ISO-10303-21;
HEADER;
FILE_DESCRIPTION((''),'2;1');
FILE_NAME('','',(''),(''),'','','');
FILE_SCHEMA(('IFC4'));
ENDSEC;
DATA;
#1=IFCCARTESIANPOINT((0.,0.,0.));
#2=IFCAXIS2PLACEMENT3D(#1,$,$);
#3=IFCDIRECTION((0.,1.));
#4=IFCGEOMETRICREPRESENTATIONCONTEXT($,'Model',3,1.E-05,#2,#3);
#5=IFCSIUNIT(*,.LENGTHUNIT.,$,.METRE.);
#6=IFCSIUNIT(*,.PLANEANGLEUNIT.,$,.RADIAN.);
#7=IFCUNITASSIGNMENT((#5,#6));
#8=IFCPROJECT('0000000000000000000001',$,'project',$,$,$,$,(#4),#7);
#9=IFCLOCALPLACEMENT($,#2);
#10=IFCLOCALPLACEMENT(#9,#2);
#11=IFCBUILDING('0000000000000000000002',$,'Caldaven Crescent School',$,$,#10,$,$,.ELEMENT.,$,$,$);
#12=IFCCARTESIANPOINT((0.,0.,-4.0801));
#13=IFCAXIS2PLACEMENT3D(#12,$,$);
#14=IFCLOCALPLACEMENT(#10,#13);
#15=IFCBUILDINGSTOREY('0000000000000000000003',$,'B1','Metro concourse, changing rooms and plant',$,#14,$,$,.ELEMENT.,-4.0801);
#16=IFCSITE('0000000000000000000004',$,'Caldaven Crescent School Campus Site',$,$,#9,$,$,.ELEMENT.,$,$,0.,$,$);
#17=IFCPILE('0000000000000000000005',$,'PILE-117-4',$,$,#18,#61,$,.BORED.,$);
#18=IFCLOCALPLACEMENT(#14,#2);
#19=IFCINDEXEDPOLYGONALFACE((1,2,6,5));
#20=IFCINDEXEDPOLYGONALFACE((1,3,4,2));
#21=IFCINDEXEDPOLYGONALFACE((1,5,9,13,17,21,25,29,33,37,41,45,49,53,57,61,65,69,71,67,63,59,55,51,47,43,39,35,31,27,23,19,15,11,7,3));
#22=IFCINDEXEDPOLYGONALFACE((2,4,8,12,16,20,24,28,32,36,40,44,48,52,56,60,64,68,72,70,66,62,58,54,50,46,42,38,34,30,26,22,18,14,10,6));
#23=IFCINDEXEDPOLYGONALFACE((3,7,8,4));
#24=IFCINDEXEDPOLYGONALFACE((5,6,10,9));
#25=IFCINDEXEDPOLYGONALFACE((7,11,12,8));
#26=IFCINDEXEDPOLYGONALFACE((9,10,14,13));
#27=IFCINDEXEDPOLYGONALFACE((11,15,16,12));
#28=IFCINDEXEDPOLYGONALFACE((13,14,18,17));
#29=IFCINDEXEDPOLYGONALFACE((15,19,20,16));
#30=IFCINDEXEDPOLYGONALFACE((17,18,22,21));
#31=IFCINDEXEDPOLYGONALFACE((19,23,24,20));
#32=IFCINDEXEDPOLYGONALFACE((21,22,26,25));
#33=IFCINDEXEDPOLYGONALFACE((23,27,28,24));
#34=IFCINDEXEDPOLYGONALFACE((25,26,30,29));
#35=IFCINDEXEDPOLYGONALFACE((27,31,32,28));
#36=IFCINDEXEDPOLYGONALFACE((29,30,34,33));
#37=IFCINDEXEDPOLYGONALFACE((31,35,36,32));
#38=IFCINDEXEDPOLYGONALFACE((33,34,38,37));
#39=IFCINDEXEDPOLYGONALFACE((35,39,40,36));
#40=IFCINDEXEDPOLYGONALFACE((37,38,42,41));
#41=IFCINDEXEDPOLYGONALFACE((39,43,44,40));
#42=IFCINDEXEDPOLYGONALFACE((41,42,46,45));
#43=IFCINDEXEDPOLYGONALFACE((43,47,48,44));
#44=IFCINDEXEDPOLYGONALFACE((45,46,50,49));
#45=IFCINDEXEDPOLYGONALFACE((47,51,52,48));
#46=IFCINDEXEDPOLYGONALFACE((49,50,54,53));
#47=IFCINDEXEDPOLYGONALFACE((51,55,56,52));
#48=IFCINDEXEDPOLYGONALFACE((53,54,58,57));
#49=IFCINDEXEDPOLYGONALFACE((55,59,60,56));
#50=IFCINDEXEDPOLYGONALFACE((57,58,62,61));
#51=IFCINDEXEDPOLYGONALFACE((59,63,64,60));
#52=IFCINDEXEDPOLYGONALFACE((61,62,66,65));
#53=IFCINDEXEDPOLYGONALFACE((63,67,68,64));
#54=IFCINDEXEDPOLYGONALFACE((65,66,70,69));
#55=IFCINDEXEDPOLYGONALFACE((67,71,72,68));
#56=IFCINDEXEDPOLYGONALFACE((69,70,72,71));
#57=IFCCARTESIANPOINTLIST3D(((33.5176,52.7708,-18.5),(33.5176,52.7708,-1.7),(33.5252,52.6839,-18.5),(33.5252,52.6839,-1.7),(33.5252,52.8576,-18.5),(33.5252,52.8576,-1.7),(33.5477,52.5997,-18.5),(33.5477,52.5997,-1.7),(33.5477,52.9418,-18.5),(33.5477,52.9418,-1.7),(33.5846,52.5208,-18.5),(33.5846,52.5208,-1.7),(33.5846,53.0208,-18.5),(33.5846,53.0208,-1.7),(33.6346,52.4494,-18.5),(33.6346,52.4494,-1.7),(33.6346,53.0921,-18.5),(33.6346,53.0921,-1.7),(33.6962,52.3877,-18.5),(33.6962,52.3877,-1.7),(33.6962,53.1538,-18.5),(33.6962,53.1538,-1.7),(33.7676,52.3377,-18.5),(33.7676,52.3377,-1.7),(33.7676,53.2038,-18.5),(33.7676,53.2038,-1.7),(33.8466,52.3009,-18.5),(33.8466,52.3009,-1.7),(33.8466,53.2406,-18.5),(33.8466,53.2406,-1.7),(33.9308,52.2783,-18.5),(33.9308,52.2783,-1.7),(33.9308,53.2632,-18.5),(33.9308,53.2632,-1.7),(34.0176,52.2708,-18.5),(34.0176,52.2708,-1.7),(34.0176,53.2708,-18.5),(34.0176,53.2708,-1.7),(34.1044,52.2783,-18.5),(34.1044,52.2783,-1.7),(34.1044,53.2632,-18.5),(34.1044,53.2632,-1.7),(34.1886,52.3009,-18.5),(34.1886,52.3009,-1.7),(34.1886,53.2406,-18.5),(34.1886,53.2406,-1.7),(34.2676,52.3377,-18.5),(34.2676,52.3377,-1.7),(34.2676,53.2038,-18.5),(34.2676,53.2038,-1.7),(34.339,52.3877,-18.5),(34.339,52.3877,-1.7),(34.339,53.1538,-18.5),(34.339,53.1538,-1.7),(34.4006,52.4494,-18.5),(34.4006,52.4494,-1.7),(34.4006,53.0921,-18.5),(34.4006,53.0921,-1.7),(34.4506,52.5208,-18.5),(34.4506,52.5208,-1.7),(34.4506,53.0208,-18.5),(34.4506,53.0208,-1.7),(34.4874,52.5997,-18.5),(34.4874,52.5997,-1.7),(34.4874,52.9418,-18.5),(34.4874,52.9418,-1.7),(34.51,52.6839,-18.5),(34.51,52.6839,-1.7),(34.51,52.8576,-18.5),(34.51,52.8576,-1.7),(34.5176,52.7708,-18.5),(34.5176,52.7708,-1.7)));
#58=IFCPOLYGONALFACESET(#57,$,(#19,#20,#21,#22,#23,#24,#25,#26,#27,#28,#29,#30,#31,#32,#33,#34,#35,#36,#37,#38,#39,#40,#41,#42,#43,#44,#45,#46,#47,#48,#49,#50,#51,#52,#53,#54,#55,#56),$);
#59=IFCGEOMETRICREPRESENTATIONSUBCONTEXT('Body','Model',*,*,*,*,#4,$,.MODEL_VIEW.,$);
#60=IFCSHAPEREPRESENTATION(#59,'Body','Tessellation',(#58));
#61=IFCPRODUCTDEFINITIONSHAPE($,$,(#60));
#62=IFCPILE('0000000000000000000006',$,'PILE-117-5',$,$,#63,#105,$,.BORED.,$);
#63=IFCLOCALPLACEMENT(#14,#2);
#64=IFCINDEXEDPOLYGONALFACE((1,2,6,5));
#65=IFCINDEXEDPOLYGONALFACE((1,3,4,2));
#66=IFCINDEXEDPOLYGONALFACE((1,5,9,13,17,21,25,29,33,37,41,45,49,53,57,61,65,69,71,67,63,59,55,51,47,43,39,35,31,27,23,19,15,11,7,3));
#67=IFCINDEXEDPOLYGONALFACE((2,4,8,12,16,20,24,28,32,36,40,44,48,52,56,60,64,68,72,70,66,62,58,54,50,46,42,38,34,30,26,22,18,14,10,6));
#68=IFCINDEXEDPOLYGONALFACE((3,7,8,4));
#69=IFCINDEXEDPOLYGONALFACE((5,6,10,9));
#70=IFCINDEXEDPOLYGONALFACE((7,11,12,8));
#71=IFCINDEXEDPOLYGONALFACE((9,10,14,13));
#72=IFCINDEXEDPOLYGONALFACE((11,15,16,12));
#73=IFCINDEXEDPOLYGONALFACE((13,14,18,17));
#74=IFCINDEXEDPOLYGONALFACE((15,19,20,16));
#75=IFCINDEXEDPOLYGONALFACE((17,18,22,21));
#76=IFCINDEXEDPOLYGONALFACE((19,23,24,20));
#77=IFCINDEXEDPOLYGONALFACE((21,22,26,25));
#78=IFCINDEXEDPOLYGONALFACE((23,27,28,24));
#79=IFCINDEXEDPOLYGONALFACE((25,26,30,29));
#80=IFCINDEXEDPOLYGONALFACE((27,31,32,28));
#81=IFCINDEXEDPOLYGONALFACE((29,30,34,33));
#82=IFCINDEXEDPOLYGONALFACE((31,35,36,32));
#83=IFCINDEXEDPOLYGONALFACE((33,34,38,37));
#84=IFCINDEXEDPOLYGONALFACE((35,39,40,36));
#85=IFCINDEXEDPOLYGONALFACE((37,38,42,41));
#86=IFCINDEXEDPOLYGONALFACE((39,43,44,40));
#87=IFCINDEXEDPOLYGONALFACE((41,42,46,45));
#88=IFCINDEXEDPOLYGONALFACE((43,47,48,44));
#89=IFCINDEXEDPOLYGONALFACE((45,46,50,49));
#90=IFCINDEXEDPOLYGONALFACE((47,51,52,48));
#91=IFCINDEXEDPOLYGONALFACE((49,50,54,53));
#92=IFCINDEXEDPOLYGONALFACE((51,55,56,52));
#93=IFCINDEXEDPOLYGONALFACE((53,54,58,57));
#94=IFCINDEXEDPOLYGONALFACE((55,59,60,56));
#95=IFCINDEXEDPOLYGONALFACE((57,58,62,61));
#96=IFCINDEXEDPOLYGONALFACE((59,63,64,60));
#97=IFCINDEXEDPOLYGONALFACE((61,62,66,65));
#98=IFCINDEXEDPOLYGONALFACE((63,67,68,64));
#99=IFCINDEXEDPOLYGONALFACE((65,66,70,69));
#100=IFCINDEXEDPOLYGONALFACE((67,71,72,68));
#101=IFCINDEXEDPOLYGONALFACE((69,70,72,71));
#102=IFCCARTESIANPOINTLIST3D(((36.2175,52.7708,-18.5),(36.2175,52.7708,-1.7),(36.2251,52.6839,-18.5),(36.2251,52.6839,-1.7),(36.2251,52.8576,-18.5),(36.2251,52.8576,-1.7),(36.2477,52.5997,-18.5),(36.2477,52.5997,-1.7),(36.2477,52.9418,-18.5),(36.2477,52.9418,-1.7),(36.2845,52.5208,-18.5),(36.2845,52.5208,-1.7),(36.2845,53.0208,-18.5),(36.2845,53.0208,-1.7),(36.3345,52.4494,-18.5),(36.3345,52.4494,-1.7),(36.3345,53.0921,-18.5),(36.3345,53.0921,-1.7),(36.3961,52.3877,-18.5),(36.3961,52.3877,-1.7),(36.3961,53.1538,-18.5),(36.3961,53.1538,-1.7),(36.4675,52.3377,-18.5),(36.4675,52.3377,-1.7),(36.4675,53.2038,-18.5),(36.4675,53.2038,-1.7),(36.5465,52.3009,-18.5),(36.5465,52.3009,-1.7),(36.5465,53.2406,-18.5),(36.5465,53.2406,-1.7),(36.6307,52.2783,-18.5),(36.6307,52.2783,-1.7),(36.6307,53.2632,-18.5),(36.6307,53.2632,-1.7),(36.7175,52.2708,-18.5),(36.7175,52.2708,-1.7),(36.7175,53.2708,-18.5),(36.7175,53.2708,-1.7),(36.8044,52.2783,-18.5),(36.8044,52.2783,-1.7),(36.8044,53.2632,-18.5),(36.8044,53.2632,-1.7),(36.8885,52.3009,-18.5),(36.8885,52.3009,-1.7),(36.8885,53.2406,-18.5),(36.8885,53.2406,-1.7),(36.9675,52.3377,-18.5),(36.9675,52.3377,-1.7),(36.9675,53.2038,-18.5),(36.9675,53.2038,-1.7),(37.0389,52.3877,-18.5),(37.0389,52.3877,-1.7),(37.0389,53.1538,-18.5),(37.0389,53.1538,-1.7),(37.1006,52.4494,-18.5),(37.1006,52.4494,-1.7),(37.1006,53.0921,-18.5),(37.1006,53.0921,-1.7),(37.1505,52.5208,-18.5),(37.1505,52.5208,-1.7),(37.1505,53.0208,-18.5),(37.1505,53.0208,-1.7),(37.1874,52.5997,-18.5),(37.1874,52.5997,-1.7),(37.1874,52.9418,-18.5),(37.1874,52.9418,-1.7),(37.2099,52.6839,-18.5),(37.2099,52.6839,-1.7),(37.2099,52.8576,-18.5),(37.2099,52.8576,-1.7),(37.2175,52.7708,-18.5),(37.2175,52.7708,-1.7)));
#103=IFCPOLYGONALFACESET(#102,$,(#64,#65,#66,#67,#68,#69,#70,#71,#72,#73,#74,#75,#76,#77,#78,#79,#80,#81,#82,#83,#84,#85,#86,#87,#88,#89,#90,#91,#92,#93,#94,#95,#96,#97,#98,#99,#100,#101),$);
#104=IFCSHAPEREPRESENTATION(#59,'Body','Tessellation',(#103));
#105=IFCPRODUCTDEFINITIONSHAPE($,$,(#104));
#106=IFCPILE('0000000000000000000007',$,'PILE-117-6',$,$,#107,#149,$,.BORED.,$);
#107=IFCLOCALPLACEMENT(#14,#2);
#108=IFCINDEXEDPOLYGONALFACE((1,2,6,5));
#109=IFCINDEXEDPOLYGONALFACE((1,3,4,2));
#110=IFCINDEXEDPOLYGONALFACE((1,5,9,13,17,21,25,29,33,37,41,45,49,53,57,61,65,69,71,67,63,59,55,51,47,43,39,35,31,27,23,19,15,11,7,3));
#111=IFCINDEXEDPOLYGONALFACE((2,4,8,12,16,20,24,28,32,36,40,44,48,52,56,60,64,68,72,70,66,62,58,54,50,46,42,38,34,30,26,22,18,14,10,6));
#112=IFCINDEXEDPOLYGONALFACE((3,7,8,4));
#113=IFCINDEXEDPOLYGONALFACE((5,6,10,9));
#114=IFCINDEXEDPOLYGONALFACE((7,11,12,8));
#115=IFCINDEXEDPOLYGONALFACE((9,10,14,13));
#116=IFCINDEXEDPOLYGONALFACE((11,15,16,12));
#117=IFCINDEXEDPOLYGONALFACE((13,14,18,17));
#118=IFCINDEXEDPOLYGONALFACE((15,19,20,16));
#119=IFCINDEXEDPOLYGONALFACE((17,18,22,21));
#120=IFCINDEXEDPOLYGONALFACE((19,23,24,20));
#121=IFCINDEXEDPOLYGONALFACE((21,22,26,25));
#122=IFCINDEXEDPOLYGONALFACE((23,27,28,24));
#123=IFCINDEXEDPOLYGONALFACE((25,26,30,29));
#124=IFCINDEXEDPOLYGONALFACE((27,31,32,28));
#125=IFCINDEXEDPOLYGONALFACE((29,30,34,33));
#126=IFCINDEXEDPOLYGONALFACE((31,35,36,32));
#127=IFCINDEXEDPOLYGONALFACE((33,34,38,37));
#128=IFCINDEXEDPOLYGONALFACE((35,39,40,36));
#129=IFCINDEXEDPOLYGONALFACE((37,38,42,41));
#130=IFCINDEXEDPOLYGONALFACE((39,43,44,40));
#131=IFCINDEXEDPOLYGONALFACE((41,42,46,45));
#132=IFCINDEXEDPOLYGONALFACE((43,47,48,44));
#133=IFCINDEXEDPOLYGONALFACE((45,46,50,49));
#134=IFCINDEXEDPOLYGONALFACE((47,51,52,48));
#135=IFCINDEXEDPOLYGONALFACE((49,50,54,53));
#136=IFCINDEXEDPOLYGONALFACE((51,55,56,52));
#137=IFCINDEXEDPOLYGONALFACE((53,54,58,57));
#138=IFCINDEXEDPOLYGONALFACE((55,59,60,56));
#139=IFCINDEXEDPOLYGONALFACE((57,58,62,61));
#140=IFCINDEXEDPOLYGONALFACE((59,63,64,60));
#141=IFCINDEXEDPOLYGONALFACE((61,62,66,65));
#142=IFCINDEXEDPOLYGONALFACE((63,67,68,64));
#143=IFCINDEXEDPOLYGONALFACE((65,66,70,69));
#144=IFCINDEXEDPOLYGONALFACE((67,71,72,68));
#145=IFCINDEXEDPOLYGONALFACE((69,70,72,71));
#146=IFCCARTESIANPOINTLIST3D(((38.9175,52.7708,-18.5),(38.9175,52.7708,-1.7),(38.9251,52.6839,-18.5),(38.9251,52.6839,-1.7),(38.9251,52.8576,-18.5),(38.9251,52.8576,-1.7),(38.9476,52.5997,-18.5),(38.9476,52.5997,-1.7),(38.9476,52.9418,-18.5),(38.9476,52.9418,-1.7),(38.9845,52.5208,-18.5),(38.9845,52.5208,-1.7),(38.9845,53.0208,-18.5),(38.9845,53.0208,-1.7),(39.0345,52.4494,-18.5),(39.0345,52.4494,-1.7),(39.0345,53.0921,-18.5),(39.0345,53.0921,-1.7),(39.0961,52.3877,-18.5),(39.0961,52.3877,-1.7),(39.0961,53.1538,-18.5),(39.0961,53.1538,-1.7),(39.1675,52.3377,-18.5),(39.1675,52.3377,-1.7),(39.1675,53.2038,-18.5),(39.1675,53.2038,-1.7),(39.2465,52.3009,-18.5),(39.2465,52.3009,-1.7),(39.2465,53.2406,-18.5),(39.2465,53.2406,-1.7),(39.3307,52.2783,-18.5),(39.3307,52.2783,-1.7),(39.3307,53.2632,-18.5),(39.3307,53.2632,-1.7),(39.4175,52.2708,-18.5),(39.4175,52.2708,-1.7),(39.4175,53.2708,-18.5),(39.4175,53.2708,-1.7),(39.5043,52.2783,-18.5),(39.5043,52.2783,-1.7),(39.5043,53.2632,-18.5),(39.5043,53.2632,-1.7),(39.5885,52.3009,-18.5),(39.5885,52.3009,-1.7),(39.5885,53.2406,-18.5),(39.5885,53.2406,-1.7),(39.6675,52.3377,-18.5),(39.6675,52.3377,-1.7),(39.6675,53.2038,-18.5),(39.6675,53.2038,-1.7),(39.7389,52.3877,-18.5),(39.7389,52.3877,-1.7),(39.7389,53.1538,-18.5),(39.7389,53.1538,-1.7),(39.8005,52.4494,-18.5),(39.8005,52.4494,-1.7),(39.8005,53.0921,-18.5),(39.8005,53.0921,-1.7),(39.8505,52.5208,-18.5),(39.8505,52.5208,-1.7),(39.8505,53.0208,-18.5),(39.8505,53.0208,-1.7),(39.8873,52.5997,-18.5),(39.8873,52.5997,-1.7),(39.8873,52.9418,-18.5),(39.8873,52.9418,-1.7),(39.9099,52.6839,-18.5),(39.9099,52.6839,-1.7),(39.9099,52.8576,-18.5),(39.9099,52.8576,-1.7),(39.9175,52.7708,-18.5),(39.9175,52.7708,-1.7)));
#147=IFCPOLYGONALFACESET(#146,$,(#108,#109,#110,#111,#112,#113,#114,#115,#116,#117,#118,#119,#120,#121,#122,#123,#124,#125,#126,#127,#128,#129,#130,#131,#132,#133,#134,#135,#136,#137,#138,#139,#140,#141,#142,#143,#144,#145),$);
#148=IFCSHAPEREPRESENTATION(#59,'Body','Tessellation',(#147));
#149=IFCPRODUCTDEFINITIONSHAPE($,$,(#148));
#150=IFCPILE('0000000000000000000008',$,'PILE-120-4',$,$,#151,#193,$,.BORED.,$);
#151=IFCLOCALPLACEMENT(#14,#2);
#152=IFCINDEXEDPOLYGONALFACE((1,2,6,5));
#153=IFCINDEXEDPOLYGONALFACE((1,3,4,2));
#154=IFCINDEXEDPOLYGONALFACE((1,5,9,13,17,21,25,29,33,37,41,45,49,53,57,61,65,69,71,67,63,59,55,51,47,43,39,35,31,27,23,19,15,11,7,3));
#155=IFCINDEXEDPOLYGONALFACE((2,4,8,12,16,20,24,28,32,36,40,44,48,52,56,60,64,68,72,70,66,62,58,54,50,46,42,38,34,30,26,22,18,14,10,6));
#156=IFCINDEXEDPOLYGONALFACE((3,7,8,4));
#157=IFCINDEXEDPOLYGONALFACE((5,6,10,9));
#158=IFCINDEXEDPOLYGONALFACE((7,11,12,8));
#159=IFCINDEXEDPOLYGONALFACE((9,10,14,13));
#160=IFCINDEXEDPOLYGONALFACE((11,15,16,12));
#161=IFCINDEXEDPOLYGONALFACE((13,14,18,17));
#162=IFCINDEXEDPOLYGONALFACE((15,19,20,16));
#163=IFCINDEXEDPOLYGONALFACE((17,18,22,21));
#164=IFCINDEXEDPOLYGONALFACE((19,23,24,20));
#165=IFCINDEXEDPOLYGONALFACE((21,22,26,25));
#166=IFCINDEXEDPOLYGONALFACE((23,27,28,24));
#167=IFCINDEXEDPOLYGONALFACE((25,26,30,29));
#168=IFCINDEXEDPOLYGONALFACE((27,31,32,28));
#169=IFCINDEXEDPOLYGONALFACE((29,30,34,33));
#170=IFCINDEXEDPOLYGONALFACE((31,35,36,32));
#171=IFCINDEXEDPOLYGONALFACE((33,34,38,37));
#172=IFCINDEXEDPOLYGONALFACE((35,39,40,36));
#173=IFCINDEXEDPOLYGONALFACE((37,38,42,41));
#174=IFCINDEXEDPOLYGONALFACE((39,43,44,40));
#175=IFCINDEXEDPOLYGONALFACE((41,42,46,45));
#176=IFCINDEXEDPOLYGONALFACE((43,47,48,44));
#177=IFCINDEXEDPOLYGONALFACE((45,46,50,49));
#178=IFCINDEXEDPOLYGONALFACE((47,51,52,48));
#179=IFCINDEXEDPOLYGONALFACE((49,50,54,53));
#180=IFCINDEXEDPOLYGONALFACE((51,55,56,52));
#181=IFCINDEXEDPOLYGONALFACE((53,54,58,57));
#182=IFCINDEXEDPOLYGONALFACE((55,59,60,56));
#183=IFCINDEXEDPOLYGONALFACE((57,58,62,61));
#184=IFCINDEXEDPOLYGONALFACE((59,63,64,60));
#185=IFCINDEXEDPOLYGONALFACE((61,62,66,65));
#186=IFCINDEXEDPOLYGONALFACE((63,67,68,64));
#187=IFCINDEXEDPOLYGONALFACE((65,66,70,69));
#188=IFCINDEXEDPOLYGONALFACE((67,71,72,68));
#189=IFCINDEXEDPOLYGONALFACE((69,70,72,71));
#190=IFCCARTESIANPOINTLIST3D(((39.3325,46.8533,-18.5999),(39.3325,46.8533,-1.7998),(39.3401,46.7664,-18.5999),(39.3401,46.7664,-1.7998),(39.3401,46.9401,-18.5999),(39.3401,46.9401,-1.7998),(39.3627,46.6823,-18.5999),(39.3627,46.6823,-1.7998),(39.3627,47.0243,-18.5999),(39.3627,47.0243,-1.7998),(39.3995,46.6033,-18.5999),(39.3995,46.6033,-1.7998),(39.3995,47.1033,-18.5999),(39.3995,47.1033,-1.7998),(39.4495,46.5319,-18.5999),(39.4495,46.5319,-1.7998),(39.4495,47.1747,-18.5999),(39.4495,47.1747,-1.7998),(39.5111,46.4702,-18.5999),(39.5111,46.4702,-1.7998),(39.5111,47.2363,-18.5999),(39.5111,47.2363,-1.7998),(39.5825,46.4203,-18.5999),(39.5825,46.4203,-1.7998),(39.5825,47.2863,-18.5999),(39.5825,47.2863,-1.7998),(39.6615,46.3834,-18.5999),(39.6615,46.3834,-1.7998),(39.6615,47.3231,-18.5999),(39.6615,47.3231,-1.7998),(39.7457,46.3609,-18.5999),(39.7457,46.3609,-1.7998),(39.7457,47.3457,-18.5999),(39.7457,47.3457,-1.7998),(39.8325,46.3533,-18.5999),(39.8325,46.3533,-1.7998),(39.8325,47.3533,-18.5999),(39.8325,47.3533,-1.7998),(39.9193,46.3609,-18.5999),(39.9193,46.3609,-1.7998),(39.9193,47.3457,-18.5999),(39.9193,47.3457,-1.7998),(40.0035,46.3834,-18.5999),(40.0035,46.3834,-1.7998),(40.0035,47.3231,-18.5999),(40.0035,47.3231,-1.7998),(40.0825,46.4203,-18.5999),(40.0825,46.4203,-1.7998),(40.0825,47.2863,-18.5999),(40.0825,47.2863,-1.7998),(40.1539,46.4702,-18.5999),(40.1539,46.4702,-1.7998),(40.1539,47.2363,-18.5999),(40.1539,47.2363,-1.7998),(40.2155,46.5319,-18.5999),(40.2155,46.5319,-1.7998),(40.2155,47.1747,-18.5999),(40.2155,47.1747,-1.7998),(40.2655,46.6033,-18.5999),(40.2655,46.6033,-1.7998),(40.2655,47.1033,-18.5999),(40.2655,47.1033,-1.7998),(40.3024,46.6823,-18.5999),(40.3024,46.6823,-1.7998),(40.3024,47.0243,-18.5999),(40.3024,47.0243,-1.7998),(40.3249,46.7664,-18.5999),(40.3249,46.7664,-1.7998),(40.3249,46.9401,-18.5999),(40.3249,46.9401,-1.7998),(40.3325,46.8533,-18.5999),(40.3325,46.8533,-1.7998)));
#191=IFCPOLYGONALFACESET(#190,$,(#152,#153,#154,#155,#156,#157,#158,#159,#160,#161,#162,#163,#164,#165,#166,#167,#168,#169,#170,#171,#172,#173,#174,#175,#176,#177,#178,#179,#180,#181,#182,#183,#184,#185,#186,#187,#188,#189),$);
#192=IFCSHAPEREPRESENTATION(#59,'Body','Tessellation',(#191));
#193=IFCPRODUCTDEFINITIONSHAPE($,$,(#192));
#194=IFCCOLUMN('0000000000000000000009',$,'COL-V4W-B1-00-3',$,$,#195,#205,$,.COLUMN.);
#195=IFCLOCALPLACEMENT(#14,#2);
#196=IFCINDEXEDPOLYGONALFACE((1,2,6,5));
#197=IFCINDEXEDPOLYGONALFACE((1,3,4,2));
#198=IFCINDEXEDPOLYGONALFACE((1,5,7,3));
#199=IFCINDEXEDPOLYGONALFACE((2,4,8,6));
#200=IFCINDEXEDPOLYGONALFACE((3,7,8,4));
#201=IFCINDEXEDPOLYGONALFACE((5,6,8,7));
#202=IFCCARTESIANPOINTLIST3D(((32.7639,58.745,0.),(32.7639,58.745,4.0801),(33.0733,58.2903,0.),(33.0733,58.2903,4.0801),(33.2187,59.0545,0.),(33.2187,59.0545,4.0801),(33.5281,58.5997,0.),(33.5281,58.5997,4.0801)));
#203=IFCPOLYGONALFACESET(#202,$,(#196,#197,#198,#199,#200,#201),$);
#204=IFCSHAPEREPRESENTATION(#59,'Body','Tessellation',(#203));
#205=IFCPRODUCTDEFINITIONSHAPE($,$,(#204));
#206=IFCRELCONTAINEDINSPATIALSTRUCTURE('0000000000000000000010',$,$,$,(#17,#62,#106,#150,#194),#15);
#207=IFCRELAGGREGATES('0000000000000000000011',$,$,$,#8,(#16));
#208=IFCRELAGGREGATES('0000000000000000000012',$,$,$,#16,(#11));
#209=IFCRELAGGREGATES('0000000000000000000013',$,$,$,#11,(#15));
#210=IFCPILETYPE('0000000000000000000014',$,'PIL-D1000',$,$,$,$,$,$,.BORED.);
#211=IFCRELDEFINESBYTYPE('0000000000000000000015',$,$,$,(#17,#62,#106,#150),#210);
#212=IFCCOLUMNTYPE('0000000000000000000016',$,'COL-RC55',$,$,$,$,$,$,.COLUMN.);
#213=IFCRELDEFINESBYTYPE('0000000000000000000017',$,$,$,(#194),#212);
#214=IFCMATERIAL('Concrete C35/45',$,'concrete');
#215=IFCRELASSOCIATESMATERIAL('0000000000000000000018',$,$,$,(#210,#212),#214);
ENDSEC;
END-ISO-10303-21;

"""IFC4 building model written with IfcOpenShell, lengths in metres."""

from ifc_helpers import new_model, si_unit, direction, frame, origin, origin_2d, place, context, subcontext, project, spatial, rectangle, circle, extrude, material, material_profile, profile_set, type_object, element, save


model = new_model("IFC4")

# Units and contexts
model_context = context("Model", 3, precision=1e-05, world=origin(), true_north=direction((0.0, 1.0)))
body_context = subcontext(model_context, "Body", "Model", "MODEL_VIEW")
ifc_project = project(units=[si_unit("LENGTHUNIT", "METRE"), si_unit("PLANEANGLEUNIT", "RADIAN")], contexts=[model_context])

# Site, building, storey
site_placement = place(None, origin())
site = spatial("IfcSite", under=ifc_project, at=site_placement, Name="Caldaven Crescent School Campus Site", CompositionType="ELEMENT", RefElevation=0.0)
building_placement = place(site_placement, origin())
building = spatial("IfcBuilding", under=site, at=building_placement, Name="Caldaven Crescent School", CompositionType="ELEMENT")
storey_placement = place(building_placement, frame((0.0, 0.0, -4.0801)))
storey = spatial("IfcBuildingStorey", under=building, at=storey_placement, Name="B1", Description="Metro concourse, changing rooms and plant", CompositionType="ELEMENT", Elevation=-4.0801)

# Shared definitions
ifc_material_1 = material(Name="Concrete C35/45", Category="concrete")

# Piles
ifc_material_profile_1 = material_profile(ifc_material_1, circle(Radius=0.5, at=origin_2d()), Name="PILE D1000")
ifc_profile_set_1 = profile_set([ifc_material_profile_1], Name="Concrete C35/45")
pile_type = type_object("IfcPileType", Name="PIL-D1000", PredefinedType="BORED", material=ifc_profile_set_1)
for number, where, z_axis, x_axis, name in (
    (1, (34.0176, 52.7708, -1.7), (0.0, 0.0, -1.0), (1.0, 0.0, 0.0), "PILE-117-4"),
    (2, (36.7175, 52.7708, -1.7), (0.0, 0.0, -1.0), (1.0, 0.0, 0.0), "PILE-117-5"),
    (3, (39.4175, 52.7708, -1.7), (0.0, 0.0, -1.0), (1.0, 0.0, 0.0), "PILE-117-6"),
    (4, (39.8325, 46.8533, -1.7998), (0.0, 0.0, -1.0), (1.0, 0.0, 0.0), "PILE-120-4"),
):
    element("IfcPile", number, at=place(storey_placement, frame(where, z_axis=z_axis, x_axis=x_axis)), inside=storey, type_object=pile_type, Name=name, PredefinedType="BORED", context=body_context, shape_type="SweptSolid", body=[
        extrude(circle(Radius=0.5, at=origin_2d()), origin(), (0.0, 0.0, 1.0), 16.8),
    ])

# Column
ifc_material_profile_2 = material_profile(ifc_material_1, rectangle(XDim=0.55, YDim=0.55, at=origin_2d()), Name="RC 550x550")
ifc_profile_set_2 = profile_set([ifc_material_profile_2], Name="Concrete C35/45")
column_type = type_object("IfcColumnType", Name="COL-RC55", PredefinedType="COLUMN", material=ifc_profile_set_2)
for number, where, z_axis, x_axis, name in (
    (5, (33.146, 58.6724, 0.0), (0.0, 0.0, 1.0), (-0.826786, -0.562516, 0.0), "COL-V4W-B1-00-3"),
):
    element("IfcColumn", number, at=place(storey_placement, frame(where, z_axis=z_axis, x_axis=x_axis)), inside=storey, type_object=column_type, Name=name, PredefinedType="COLUMN", context=body_context, shape_type="SweptSolid", body=[
        extrude(rectangle(XDim=0.55, YDim=0.55, at=origin_2d()), origin(), (0.0, 0.0, 1.0), 4.0801),
    ])

save(model, "model.ifc")
